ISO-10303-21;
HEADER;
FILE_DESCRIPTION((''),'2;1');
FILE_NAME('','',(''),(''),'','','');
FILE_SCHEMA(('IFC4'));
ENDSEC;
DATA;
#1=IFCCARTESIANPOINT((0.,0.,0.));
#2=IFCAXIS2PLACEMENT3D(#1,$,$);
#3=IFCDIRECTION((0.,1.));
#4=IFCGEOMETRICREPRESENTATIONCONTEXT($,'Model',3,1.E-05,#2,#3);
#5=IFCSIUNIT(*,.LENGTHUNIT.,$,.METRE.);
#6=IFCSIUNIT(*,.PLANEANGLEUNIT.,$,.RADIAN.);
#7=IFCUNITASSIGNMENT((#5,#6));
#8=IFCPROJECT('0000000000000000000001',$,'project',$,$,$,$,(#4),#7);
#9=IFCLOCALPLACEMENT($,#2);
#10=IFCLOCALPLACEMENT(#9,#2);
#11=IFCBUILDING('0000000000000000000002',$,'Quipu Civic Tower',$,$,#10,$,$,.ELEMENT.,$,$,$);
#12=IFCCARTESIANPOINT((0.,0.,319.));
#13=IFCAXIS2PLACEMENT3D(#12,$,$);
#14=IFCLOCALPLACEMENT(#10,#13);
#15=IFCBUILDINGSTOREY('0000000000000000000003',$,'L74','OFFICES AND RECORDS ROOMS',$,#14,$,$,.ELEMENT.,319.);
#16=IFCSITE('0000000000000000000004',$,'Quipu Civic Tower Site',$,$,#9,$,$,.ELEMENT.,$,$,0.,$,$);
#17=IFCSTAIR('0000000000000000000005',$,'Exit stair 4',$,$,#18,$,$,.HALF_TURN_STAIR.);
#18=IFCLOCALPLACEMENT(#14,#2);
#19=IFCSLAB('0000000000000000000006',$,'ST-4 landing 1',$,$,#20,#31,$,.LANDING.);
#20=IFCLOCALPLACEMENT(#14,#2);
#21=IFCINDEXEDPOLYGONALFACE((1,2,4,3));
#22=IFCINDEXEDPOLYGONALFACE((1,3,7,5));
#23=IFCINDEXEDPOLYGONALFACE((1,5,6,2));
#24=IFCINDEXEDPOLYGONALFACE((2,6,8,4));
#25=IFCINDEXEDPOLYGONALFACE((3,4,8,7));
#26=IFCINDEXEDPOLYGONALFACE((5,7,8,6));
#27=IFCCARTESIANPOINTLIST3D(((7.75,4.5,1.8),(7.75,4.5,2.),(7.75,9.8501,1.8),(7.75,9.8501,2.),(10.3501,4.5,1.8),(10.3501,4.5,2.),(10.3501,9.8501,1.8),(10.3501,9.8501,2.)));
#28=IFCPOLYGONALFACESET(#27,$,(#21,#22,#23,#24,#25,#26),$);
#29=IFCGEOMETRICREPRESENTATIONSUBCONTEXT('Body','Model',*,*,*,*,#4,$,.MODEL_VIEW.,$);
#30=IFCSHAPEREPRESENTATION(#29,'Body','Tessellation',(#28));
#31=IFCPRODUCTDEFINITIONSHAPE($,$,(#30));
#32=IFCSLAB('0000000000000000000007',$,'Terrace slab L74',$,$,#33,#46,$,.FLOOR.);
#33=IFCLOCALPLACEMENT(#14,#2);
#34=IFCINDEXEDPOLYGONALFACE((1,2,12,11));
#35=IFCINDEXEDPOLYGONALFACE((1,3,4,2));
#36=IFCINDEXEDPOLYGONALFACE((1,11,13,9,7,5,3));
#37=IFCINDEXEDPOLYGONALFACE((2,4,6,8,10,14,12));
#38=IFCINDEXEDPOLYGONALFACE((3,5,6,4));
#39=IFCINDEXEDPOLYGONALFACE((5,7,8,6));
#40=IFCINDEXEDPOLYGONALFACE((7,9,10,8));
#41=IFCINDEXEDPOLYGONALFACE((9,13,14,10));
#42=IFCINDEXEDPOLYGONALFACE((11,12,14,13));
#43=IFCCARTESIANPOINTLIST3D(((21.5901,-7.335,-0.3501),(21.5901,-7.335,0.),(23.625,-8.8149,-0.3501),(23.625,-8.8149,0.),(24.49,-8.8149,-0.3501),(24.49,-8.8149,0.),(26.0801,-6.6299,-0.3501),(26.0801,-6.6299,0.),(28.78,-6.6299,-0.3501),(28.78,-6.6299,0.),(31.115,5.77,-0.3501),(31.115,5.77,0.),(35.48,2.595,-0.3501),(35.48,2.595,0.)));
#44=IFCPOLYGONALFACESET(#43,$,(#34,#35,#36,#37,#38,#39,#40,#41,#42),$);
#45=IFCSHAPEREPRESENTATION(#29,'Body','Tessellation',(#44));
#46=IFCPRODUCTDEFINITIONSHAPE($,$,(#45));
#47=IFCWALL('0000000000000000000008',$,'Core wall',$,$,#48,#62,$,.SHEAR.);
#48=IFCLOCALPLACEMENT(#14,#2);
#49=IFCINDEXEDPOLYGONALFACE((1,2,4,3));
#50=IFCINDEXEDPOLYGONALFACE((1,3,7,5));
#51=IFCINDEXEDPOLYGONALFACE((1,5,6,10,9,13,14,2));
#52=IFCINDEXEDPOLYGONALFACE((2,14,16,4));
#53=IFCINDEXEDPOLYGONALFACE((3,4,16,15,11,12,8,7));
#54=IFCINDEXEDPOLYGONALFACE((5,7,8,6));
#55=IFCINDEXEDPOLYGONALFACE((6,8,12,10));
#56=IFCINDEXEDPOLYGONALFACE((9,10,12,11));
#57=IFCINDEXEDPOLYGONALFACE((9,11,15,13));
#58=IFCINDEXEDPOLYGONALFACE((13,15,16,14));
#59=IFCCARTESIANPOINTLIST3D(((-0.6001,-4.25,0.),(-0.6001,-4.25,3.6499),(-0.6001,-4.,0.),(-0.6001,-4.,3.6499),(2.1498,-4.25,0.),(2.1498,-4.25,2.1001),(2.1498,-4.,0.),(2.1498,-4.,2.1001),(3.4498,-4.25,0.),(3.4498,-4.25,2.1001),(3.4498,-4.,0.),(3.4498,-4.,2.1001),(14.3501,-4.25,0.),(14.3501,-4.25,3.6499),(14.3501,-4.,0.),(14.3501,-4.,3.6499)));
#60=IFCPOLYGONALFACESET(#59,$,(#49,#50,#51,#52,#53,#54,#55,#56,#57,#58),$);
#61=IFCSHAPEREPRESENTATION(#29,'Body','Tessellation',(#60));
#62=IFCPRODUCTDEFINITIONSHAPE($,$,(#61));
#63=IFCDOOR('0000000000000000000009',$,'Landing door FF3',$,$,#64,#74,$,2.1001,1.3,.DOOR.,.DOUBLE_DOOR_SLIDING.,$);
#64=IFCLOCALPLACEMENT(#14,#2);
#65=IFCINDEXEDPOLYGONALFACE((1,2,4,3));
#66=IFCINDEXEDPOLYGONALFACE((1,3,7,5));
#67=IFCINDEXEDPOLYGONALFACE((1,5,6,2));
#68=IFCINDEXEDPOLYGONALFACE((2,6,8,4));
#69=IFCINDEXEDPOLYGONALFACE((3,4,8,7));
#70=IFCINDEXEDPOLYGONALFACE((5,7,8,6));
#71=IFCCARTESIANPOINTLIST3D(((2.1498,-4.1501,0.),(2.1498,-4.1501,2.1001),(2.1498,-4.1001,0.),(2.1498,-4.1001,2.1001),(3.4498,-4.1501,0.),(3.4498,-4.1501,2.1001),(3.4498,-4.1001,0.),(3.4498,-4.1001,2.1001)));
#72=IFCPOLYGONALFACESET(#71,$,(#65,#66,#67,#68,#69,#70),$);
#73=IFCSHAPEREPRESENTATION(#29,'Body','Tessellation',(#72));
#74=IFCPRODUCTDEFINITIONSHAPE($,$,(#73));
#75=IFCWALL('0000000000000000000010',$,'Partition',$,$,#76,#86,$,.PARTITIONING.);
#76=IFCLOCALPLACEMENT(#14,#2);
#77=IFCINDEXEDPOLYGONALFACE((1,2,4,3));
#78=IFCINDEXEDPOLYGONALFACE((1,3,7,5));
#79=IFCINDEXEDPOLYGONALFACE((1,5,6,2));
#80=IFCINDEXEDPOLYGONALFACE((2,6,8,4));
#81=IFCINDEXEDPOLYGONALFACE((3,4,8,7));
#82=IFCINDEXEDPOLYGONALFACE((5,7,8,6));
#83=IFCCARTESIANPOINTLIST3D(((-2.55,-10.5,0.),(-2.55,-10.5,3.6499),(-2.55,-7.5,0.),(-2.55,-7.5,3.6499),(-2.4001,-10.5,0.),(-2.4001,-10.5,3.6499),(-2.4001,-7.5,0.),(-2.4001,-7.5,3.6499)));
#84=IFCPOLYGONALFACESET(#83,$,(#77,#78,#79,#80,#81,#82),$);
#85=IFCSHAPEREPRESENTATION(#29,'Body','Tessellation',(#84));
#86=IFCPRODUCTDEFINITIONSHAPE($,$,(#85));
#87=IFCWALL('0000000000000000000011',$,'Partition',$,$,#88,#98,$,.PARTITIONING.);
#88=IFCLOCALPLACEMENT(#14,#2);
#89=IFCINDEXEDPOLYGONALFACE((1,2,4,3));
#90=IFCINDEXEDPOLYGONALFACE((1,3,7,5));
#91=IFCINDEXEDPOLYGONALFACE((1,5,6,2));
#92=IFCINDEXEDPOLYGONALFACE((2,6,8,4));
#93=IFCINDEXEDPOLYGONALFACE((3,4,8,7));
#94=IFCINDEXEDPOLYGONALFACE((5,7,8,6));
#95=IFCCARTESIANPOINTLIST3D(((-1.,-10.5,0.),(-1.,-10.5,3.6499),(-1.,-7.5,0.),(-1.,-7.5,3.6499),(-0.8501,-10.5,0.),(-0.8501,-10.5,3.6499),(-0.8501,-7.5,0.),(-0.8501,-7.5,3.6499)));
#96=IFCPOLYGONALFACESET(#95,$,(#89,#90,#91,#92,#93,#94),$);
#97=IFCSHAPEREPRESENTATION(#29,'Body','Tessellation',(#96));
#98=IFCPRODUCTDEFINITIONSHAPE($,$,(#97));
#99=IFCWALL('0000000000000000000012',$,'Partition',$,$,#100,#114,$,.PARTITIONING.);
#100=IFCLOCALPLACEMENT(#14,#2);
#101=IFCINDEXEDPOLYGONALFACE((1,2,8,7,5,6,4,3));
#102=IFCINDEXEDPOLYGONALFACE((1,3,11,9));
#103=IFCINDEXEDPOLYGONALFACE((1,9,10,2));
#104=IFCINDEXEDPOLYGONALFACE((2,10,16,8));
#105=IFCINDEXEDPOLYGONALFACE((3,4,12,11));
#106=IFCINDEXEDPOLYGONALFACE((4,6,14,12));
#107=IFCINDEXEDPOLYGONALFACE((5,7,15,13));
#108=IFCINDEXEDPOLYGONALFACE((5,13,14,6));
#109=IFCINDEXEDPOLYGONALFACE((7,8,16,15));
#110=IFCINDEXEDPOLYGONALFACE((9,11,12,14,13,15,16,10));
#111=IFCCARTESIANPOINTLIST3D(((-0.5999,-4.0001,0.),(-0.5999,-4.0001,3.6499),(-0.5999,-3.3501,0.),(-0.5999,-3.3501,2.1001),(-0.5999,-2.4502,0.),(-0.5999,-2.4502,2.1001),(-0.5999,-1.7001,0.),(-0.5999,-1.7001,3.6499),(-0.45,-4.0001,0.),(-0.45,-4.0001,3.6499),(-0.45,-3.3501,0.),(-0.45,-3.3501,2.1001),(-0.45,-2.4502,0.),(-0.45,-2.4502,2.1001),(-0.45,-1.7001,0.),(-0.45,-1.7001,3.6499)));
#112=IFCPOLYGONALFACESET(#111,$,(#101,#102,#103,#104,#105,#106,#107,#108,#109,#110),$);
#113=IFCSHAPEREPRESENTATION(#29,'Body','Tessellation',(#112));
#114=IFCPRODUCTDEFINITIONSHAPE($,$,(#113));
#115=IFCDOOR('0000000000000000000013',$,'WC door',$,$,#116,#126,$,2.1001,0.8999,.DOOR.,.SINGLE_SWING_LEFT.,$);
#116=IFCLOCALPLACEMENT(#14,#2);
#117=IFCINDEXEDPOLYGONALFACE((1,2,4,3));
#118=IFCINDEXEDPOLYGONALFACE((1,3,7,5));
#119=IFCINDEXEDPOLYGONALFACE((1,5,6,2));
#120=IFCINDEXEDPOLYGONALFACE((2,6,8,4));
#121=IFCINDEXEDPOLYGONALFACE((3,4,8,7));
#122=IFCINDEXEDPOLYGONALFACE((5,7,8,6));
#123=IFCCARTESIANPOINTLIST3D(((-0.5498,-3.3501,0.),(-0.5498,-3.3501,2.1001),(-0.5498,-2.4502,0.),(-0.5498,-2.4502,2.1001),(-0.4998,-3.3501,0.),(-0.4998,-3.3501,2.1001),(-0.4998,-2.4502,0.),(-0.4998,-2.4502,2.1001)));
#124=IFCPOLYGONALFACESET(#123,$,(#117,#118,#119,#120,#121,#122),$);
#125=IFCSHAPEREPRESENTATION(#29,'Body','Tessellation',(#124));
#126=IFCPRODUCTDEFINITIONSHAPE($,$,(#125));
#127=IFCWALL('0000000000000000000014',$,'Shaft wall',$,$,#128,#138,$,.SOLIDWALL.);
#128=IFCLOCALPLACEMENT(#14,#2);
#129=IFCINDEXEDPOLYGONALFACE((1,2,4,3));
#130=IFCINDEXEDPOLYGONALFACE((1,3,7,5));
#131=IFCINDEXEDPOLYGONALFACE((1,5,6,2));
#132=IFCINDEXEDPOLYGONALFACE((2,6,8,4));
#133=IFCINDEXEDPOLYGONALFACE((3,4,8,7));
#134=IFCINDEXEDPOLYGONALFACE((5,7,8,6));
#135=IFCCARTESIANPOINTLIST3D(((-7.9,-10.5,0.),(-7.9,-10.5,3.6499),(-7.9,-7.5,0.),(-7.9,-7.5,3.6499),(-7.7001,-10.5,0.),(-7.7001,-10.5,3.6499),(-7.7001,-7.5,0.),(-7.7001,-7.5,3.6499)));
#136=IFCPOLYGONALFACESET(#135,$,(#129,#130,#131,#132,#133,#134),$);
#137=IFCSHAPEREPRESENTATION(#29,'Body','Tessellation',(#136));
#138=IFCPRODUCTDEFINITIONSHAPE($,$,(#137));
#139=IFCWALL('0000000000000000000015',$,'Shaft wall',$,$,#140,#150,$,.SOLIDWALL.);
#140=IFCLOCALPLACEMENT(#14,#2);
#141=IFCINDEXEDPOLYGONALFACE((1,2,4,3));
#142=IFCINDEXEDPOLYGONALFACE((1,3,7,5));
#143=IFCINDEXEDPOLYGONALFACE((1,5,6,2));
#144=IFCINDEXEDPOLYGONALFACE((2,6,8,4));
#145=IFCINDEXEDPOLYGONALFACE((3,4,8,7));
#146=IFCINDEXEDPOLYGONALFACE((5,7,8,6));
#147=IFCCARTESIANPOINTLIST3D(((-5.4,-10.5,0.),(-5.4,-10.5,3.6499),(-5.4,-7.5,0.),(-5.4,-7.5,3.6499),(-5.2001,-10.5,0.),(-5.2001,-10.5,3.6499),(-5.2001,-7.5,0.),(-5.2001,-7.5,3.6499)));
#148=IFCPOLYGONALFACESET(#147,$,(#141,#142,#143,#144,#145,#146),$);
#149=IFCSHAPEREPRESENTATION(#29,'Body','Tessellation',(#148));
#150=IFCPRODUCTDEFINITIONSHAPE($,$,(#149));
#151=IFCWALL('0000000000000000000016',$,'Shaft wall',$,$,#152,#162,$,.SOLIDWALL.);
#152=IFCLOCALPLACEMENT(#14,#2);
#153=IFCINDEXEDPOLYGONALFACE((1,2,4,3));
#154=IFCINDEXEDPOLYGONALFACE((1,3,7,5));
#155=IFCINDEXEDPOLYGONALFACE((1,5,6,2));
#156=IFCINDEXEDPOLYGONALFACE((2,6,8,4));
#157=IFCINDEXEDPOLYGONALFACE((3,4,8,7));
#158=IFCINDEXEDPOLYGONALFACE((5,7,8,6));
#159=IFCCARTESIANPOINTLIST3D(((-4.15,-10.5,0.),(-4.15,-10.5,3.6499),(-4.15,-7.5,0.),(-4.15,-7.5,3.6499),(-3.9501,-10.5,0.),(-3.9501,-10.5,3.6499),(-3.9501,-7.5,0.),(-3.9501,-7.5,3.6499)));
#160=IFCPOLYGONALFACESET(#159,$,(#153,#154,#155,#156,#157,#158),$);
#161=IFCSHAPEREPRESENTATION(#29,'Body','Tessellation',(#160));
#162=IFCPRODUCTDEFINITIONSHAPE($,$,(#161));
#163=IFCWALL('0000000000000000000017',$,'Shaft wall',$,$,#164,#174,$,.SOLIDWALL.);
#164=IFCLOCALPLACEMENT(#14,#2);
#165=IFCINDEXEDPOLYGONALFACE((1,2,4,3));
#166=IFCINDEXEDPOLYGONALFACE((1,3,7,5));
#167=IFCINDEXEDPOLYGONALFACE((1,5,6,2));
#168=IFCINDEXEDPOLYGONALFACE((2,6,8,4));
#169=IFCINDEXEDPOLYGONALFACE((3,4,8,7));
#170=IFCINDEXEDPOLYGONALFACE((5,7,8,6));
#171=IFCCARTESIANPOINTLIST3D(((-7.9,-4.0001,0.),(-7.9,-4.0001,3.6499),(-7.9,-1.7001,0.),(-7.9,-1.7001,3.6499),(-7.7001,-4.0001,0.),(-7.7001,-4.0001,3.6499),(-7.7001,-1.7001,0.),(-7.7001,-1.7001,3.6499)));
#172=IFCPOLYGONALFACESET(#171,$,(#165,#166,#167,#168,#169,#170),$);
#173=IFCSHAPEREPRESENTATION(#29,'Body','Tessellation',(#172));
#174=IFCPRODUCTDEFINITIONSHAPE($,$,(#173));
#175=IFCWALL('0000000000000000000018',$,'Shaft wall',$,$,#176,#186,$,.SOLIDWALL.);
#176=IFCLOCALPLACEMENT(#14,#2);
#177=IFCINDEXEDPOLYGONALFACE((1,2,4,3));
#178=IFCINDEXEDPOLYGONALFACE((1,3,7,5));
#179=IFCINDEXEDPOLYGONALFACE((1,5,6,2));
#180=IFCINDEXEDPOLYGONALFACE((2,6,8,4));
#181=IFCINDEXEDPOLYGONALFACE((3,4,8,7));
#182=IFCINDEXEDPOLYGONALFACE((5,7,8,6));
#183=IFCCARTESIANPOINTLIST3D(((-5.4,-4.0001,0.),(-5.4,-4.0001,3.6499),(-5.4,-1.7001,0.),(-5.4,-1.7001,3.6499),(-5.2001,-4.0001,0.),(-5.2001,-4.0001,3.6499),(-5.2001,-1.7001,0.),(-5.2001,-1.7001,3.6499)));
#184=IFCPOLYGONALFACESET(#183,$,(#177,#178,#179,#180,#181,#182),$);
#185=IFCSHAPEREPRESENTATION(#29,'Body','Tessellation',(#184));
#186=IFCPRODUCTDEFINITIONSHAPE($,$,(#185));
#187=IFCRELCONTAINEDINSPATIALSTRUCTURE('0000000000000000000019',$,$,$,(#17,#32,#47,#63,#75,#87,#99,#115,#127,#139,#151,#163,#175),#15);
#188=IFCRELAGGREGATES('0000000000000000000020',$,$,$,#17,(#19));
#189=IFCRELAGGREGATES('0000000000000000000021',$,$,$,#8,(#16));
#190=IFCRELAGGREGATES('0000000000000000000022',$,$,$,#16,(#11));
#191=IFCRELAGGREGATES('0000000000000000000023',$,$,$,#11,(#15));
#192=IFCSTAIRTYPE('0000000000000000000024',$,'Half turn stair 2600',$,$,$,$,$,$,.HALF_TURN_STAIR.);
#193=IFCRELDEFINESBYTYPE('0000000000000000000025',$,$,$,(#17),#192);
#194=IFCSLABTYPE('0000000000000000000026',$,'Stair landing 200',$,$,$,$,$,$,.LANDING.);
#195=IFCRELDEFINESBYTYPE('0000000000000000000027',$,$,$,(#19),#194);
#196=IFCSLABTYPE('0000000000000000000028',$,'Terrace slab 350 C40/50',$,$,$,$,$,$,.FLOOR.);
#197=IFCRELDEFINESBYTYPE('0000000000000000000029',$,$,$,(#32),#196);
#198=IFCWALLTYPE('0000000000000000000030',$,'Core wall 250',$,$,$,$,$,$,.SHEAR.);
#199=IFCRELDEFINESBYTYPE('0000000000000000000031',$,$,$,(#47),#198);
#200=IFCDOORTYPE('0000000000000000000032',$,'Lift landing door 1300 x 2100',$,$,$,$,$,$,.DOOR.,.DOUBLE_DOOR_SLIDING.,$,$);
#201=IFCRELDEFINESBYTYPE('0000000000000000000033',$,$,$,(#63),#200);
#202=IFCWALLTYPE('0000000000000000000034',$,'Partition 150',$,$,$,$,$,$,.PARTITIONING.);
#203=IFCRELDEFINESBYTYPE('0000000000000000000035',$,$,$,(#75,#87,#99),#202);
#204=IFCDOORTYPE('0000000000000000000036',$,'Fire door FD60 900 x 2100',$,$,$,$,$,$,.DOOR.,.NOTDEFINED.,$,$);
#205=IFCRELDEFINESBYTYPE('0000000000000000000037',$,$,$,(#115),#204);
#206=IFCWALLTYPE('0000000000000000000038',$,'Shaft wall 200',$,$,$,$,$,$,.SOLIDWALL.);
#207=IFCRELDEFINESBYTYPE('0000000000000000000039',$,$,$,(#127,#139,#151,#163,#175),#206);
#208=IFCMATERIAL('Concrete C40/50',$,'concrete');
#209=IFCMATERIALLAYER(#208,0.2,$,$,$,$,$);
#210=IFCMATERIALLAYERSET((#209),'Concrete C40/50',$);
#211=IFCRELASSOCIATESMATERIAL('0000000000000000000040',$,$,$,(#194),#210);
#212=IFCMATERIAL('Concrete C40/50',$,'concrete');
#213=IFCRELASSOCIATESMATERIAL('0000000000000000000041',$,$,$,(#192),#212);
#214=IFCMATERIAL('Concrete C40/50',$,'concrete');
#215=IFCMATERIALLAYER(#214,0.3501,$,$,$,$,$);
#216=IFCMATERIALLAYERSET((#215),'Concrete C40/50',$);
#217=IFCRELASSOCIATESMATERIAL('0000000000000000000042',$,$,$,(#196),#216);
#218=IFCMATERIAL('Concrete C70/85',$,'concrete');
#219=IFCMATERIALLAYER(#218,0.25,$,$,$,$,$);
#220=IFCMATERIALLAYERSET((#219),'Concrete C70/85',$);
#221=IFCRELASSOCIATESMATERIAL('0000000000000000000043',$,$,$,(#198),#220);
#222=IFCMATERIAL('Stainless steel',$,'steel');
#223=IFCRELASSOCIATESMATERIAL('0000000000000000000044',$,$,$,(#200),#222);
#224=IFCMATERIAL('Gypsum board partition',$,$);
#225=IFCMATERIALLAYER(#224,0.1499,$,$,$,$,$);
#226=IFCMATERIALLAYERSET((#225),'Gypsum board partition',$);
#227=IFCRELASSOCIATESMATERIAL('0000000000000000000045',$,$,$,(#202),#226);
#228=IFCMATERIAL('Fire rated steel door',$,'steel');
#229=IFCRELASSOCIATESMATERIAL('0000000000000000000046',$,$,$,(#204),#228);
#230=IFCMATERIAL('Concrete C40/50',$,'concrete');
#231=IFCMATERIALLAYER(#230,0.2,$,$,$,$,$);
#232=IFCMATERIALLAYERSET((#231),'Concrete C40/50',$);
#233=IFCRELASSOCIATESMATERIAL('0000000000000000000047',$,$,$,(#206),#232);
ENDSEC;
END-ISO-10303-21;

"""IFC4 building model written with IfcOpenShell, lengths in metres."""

from ifc_helpers import new_model, si_unit, direction, frame, frame_2d, origin, place, context, subcontext, project, spatial, polyline, rectangle, outline, extrude, material, layer, layer_set, type_object, element, fill, aggregate, save


model = new_model("IFC4")

# Units and contexts
model_context = context("Model", 3, precision=1e-05, world=origin(), true_north=direction((0.0, 1.0)))
body_context = subcontext(model_context, "Body", "Model", "MODEL_VIEW")
ifc_project = project(units=[si_unit("LENGTHUNIT", "METRE"), si_unit("PLANEANGLEUNIT", "RADIAN")], contexts=[model_context])

# Site, building, storey
site_placement = place(None, origin())
site = spatial("IfcSite", under=ifc_project, at=site_placement, Name="Quipu Civic Tower Site", CompositionType="ELEMENT", RefElevation=0.0)
building_placement = place(site_placement, origin())
building = spatial("IfcBuilding", under=site, at=building_placement, Name="Quipu Civic Tower", CompositionType="ELEMENT")
storey_placement = place(building_placement, frame((0.0, 0.0, 319.0)))
storey = spatial("IfcBuildingStorey", under=building, at=storey_placement, Name="L74", Description="OFFICES AND RECORDS ROOMS", CompositionType="ELEMENT", Elevation=319.0)

# Stair, slab
ifc_material_1 = material(Name="Concrete C40/50", Category="concrete")
ifc_layer_1 = layer(ifc_material_1, 0.2)
ifc_layer_set_1 = layer_set([ifc_layer_1], Name="Concrete C40/50")
slab_type_1 = type_object("IfcSlabType", Name="Stair landing 200", PredefinedType="LANDING", material=ifc_layer_set_1)
ifc_material_2 = material(Name="Concrete C40/50", Category="concrete")
stair_type_1 = type_object("IfcStairType", Name="Half turn stair 2600", PredefinedType="HALF_TURN_STAIR", material=ifc_material_2)
stair_1_placement = place(storey_placement, origin())
stair_1 = element("IfcStair", 1, at=stair_1_placement, inside=storey, type_object=stair_type_1, Name="Exit stair 4", PredefinedType="HALF_TURN_STAIR")
slab_1_placement = place(storey_placement, frame((0.0, 0.0, 1.8)))
slab_1 = element("IfcSlab", 2, at=slab_1_placement, type_object=slab_type_1, Name="ST-4 landing 1", PredefinedType="LANDING", context=body_context, shape_type="SweptSolid", body=[
    extrude(outline(polyline([(10.3501, 9.8501), (7.75, 9.8501), (7.75, 4.5), (10.3501, 4.5), (10.3501, 9.8501)])), origin(), (0.0, 0.0, 1.0), 0.2),
])
aggregate(stair_1, [slab_1])

# Slab
ifc_material_3 = material(Name="Concrete C40/50", Category="concrete")
ifc_layer_2 = layer(ifc_material_3, 0.3501)
ifc_layer_set_2 = layer_set([ifc_layer_2], Name="Concrete C40/50")
slab_type_2 = type_object("IfcSlabType", Name="Terrace slab 350 C40/50", PredefinedType="FLOOR", material=ifc_layer_set_2)
slab_2_placement = place(storey_placement, frame((0.0, 0.0, -0.3501)))
element("IfcSlab", 3, at=slab_2_placement, inside=storey, type_object=slab_type_2, Name="Terrace slab L74", PredefinedType="FLOOR", context=body_context, shape_type="SweptSolid", body=[
    extrude(outline(polyline([(35.48, 2.595), (28.78, -6.6299), (26.0801, -6.6299), (24.49, -8.8149), (23.625, -8.8149), (21.5901, -7.335), (31.115, 5.77), (35.48, 2.595)])), origin(), (0.0, 0.0, 1.0), 0.3501),
])

# Wall, opening, door
ifc_material_4 = material(Name="Concrete C70/85", Category="concrete")
ifc_layer_3 = layer(ifc_material_4, 0.25)
ifc_layer_set_3 = layer_set([ifc_layer_3], Name="Concrete C70/85")
wall_type_1 = type_object("IfcWallType", Name="Core wall 250", PredefinedType="SHEAR", material=ifc_layer_set_3)
wall_1_placement = place(storey_placement, frame((-0.6001, -4.125, 0.0), z_axis=(0.0, 0.0, 1.0), x_axis=(1.0, 0.0, 0.0)))
wall_1 = element("IfcWall", 4, at=wall_1_placement, inside=storey, type_object=wall_type_1, Name="Core wall", PredefinedType="SHEAR", context=body_context, shape_type="SweptSolid", body=[
    extrude(rectangle(XDim=14.9502, YDim=0.25, at=frame_2d((7.4751, 0.0))), origin(), (0.0, 0.0, 1.0), 3.6499),
])
opening_1_placement = place(wall_1_placement, frame((2.75, 0.0, 0.0)))
opening_1 = element("IfcOpeningElement", 5, at=opening_1_placement, cuts=wall_1, PredefinedType="OPENING", context=body_context, shape_type="SweptSolid", body=[
    extrude(rectangle(XDim=1.3, YDim=2.1001, at=frame_2d((0.6499, 1.05))), frame((0.0, 0.135, 0.0), z_axis=(0.0, -1.0, 0.0), x_axis=(1.0, 0.0, 0.0)), (0.0, 0.0, 1.0), 0.27),
])
ifc_material_5 = material(Name="Stainless steel", Category="steel")
door_type_1 = type_object("IfcDoorType", Name="Lift landing door 1300 x 2100", OperationType="DOUBLE_DOOR_SLIDING", PredefinedType="DOOR", material=ifc_material_5)
door_1_placement = place(opening_1_placement, origin())
door_1 = element("IfcDoor", 6, at=door_1_placement, inside=storey, type_object=door_type_1, Name="Landing door FF3", OperationType="DOUBLE_DOOR_SLIDING", OverallHeight=2.1001, OverallWidth=1.3, PredefinedType="DOOR", context=body_context, shape_type="SweptSolid", body=[
    extrude(rectangle(XDim=1.3, YDim=2.1001, at=frame_2d((0.6499, 1.05))), frame((0.0, 0.0249, 0.0), z_axis=(0.0, -1.0, 0.0), x_axis=(1.0, 0.0, 0.0)), (0.0, 0.0, 1.0), 0.05),
])
fill(opening_1, door_1)

# Walls
ifc_material_6 = material(Name="Gypsum board partition")
ifc_layer_4 = layer(ifc_material_6, 0.1499)
ifc_layer_set_4 = layer_set([ifc_layer_4], Name="Gypsum board partition")
wall_type_2 = type_object("IfcWallType", Name="Partition 150", PredefinedType="PARTITIONING", material=ifc_layer_set_4)
for number, where, z_axis, x_axis, name in (
    (7, (-2.4751, -10.5, 0.0), (0.0, 0.0, 1.0), (0.0, 1.0, 0.0), "Partition"),
    (8, (-0.925, -10.5, 0.0), (0.0, 0.0, 1.0), (0.0, 1.0, 0.0), "Partition"),
):
    element("IfcWall", number, at=place(storey_placement, frame(where, z_axis=z_axis, x_axis=x_axis)), inside=storey, type_object=wall_type_2, Name=name, PredefinedType="PARTITIONING", context=body_context, shape_type="SweptSolid", body=[
        extrude(rectangle(XDim=3.0, YDim=0.1499, at=frame_2d((1.5, 0.0))), origin(), (0.0, 0.0, 1.0), 3.6499),
    ])

# Wall, opening, door
wall_2_placement = place(storey_placement, frame((-0.5249, -4.0, 0.0), z_axis=(0.0, 0.0, 1.0), x_axis=(0.0, 1.0, 0.0)))
wall_2 = element("IfcWall", 9, at=wall_2_placement, inside=storey, type_object=wall_type_2, Name="Partition", PredefinedType="PARTITIONING", context=body_context, shape_type="SweptSolid", body=[
    extrude(rectangle(XDim=2.3, YDim=0.1499, at=frame_2d((1.1499, 0.0))), origin(), (0.0, 0.0, 1.0), 3.6499),
])
opening_2_placement = place(wall_2_placement, frame((0.6499, 0.0, 0.0)))
opening_2 = element("IfcOpeningElement", 10, at=opening_2_placement, cuts=wall_2, PredefinedType="OPENING", context=body_context, shape_type="SweptSolid", body=[
    extrude(rectangle(XDim=0.8999, YDim=2.1001, at=frame_2d((0.45, 1.05))), frame((0.0, 0.085, 0.0), z_axis=(0.0, -1.0, 0.0), x_axis=(1.0, 0.0, 0.0)), (0.0, 0.0, 1.0), 0.1699),
])
ifc_material_7 = material(Name="Fire rated steel door", Category="steel")
door_type_2 = type_object("IfcDoorType", Name="Fire door FD60 900 x 2100", OperationType="NOTDEFINED", PredefinedType="DOOR", material=ifc_material_7)
door_2_placement = place(opening_2_placement, origin())
door_2 = element("IfcDoor", 11, at=door_2_placement, inside=storey, type_object=door_type_2, Name="WC door", OperationType="SINGLE_SWING_LEFT", OverallHeight=2.1001, OverallWidth=0.8999, PredefinedType="DOOR", context=body_context, shape_type="SweptSolid", body=[
    extrude(rectangle(XDim=0.8999, YDim=2.1001, at=frame_2d((0.45, 1.05))), frame((0.0, 0.0249, 0.0), z_axis=(0.0, -1.0, 0.0), x_axis=(1.0, 0.0, 0.0)), (0.0, 0.0, 1.0), 0.05),
])
fill(opening_2, door_2)

# Walls
ifc_material_8 = material(Name="Concrete C40/50", Category="concrete")
ifc_layer_5 = layer(ifc_material_8, 0.2)
ifc_layer_set_5 = layer_set([ifc_layer_5], Name="Concrete C40/50")
wall_type_3 = type_object("IfcWallType", Name="Shaft wall 200", PredefinedType="SOLIDWALL", material=ifc_layer_set_5)
for number, where, z_axis, x_axis, name in (
    (12, (-7.8, -10.5, 0.0), (0.0, 0.0, 1.0), (0.0, 1.0, 0.0), "Shaft wall"),
    (13, (-5.3, -10.5, 0.0), (0.0, 0.0, 1.0), (0.0, 1.0, 0.0), "Shaft wall"),
    (14, (-4.05, -10.5, 0.0), (0.0, 0.0, 1.0), (0.0, 1.0, 0.0), "Shaft wall"),
):
    element("IfcWall", number, at=place(storey_placement, frame(where, z_axis=z_axis, x_axis=x_axis)), inside=storey, type_object=wall_type_3, Name=name, PredefinedType="SOLIDWALL", context=body_context, shape_type="SweptSolid", body=[
        extrude(rectangle(XDim=3.0, YDim=0.2, at=frame_2d((1.5, 0.0))), origin(), (0.0, 0.0, 1.0), 3.6499),
    ])
for number, where, z_axis, x_axis, name in (
    (15, (-7.8, -4.0, 0.0), (0.0, 0.0, 1.0), (0.0, 1.0, 0.0), "Shaft wall"),
    (16, (-5.3, -4.0, 0.0), (0.0, 0.0, 1.0), (0.0, 1.0, 0.0), "Shaft wall"),
):
    element("IfcWall", number, at=place(storey_placement, frame(where, z_axis=z_axis, x_axis=x_axis)), inside=storey, type_object=wall_type_3, Name=name, PredefinedType="SOLIDWALL", context=body_context, shape_type="SweptSolid", body=[
        extrude(rectangle(XDim=2.3, YDim=0.2, at=frame_2d((1.1499, 0.0))), origin(), (0.0, 0.0, 1.0), 3.6499),
    ])

save(model, "model.ifc")
